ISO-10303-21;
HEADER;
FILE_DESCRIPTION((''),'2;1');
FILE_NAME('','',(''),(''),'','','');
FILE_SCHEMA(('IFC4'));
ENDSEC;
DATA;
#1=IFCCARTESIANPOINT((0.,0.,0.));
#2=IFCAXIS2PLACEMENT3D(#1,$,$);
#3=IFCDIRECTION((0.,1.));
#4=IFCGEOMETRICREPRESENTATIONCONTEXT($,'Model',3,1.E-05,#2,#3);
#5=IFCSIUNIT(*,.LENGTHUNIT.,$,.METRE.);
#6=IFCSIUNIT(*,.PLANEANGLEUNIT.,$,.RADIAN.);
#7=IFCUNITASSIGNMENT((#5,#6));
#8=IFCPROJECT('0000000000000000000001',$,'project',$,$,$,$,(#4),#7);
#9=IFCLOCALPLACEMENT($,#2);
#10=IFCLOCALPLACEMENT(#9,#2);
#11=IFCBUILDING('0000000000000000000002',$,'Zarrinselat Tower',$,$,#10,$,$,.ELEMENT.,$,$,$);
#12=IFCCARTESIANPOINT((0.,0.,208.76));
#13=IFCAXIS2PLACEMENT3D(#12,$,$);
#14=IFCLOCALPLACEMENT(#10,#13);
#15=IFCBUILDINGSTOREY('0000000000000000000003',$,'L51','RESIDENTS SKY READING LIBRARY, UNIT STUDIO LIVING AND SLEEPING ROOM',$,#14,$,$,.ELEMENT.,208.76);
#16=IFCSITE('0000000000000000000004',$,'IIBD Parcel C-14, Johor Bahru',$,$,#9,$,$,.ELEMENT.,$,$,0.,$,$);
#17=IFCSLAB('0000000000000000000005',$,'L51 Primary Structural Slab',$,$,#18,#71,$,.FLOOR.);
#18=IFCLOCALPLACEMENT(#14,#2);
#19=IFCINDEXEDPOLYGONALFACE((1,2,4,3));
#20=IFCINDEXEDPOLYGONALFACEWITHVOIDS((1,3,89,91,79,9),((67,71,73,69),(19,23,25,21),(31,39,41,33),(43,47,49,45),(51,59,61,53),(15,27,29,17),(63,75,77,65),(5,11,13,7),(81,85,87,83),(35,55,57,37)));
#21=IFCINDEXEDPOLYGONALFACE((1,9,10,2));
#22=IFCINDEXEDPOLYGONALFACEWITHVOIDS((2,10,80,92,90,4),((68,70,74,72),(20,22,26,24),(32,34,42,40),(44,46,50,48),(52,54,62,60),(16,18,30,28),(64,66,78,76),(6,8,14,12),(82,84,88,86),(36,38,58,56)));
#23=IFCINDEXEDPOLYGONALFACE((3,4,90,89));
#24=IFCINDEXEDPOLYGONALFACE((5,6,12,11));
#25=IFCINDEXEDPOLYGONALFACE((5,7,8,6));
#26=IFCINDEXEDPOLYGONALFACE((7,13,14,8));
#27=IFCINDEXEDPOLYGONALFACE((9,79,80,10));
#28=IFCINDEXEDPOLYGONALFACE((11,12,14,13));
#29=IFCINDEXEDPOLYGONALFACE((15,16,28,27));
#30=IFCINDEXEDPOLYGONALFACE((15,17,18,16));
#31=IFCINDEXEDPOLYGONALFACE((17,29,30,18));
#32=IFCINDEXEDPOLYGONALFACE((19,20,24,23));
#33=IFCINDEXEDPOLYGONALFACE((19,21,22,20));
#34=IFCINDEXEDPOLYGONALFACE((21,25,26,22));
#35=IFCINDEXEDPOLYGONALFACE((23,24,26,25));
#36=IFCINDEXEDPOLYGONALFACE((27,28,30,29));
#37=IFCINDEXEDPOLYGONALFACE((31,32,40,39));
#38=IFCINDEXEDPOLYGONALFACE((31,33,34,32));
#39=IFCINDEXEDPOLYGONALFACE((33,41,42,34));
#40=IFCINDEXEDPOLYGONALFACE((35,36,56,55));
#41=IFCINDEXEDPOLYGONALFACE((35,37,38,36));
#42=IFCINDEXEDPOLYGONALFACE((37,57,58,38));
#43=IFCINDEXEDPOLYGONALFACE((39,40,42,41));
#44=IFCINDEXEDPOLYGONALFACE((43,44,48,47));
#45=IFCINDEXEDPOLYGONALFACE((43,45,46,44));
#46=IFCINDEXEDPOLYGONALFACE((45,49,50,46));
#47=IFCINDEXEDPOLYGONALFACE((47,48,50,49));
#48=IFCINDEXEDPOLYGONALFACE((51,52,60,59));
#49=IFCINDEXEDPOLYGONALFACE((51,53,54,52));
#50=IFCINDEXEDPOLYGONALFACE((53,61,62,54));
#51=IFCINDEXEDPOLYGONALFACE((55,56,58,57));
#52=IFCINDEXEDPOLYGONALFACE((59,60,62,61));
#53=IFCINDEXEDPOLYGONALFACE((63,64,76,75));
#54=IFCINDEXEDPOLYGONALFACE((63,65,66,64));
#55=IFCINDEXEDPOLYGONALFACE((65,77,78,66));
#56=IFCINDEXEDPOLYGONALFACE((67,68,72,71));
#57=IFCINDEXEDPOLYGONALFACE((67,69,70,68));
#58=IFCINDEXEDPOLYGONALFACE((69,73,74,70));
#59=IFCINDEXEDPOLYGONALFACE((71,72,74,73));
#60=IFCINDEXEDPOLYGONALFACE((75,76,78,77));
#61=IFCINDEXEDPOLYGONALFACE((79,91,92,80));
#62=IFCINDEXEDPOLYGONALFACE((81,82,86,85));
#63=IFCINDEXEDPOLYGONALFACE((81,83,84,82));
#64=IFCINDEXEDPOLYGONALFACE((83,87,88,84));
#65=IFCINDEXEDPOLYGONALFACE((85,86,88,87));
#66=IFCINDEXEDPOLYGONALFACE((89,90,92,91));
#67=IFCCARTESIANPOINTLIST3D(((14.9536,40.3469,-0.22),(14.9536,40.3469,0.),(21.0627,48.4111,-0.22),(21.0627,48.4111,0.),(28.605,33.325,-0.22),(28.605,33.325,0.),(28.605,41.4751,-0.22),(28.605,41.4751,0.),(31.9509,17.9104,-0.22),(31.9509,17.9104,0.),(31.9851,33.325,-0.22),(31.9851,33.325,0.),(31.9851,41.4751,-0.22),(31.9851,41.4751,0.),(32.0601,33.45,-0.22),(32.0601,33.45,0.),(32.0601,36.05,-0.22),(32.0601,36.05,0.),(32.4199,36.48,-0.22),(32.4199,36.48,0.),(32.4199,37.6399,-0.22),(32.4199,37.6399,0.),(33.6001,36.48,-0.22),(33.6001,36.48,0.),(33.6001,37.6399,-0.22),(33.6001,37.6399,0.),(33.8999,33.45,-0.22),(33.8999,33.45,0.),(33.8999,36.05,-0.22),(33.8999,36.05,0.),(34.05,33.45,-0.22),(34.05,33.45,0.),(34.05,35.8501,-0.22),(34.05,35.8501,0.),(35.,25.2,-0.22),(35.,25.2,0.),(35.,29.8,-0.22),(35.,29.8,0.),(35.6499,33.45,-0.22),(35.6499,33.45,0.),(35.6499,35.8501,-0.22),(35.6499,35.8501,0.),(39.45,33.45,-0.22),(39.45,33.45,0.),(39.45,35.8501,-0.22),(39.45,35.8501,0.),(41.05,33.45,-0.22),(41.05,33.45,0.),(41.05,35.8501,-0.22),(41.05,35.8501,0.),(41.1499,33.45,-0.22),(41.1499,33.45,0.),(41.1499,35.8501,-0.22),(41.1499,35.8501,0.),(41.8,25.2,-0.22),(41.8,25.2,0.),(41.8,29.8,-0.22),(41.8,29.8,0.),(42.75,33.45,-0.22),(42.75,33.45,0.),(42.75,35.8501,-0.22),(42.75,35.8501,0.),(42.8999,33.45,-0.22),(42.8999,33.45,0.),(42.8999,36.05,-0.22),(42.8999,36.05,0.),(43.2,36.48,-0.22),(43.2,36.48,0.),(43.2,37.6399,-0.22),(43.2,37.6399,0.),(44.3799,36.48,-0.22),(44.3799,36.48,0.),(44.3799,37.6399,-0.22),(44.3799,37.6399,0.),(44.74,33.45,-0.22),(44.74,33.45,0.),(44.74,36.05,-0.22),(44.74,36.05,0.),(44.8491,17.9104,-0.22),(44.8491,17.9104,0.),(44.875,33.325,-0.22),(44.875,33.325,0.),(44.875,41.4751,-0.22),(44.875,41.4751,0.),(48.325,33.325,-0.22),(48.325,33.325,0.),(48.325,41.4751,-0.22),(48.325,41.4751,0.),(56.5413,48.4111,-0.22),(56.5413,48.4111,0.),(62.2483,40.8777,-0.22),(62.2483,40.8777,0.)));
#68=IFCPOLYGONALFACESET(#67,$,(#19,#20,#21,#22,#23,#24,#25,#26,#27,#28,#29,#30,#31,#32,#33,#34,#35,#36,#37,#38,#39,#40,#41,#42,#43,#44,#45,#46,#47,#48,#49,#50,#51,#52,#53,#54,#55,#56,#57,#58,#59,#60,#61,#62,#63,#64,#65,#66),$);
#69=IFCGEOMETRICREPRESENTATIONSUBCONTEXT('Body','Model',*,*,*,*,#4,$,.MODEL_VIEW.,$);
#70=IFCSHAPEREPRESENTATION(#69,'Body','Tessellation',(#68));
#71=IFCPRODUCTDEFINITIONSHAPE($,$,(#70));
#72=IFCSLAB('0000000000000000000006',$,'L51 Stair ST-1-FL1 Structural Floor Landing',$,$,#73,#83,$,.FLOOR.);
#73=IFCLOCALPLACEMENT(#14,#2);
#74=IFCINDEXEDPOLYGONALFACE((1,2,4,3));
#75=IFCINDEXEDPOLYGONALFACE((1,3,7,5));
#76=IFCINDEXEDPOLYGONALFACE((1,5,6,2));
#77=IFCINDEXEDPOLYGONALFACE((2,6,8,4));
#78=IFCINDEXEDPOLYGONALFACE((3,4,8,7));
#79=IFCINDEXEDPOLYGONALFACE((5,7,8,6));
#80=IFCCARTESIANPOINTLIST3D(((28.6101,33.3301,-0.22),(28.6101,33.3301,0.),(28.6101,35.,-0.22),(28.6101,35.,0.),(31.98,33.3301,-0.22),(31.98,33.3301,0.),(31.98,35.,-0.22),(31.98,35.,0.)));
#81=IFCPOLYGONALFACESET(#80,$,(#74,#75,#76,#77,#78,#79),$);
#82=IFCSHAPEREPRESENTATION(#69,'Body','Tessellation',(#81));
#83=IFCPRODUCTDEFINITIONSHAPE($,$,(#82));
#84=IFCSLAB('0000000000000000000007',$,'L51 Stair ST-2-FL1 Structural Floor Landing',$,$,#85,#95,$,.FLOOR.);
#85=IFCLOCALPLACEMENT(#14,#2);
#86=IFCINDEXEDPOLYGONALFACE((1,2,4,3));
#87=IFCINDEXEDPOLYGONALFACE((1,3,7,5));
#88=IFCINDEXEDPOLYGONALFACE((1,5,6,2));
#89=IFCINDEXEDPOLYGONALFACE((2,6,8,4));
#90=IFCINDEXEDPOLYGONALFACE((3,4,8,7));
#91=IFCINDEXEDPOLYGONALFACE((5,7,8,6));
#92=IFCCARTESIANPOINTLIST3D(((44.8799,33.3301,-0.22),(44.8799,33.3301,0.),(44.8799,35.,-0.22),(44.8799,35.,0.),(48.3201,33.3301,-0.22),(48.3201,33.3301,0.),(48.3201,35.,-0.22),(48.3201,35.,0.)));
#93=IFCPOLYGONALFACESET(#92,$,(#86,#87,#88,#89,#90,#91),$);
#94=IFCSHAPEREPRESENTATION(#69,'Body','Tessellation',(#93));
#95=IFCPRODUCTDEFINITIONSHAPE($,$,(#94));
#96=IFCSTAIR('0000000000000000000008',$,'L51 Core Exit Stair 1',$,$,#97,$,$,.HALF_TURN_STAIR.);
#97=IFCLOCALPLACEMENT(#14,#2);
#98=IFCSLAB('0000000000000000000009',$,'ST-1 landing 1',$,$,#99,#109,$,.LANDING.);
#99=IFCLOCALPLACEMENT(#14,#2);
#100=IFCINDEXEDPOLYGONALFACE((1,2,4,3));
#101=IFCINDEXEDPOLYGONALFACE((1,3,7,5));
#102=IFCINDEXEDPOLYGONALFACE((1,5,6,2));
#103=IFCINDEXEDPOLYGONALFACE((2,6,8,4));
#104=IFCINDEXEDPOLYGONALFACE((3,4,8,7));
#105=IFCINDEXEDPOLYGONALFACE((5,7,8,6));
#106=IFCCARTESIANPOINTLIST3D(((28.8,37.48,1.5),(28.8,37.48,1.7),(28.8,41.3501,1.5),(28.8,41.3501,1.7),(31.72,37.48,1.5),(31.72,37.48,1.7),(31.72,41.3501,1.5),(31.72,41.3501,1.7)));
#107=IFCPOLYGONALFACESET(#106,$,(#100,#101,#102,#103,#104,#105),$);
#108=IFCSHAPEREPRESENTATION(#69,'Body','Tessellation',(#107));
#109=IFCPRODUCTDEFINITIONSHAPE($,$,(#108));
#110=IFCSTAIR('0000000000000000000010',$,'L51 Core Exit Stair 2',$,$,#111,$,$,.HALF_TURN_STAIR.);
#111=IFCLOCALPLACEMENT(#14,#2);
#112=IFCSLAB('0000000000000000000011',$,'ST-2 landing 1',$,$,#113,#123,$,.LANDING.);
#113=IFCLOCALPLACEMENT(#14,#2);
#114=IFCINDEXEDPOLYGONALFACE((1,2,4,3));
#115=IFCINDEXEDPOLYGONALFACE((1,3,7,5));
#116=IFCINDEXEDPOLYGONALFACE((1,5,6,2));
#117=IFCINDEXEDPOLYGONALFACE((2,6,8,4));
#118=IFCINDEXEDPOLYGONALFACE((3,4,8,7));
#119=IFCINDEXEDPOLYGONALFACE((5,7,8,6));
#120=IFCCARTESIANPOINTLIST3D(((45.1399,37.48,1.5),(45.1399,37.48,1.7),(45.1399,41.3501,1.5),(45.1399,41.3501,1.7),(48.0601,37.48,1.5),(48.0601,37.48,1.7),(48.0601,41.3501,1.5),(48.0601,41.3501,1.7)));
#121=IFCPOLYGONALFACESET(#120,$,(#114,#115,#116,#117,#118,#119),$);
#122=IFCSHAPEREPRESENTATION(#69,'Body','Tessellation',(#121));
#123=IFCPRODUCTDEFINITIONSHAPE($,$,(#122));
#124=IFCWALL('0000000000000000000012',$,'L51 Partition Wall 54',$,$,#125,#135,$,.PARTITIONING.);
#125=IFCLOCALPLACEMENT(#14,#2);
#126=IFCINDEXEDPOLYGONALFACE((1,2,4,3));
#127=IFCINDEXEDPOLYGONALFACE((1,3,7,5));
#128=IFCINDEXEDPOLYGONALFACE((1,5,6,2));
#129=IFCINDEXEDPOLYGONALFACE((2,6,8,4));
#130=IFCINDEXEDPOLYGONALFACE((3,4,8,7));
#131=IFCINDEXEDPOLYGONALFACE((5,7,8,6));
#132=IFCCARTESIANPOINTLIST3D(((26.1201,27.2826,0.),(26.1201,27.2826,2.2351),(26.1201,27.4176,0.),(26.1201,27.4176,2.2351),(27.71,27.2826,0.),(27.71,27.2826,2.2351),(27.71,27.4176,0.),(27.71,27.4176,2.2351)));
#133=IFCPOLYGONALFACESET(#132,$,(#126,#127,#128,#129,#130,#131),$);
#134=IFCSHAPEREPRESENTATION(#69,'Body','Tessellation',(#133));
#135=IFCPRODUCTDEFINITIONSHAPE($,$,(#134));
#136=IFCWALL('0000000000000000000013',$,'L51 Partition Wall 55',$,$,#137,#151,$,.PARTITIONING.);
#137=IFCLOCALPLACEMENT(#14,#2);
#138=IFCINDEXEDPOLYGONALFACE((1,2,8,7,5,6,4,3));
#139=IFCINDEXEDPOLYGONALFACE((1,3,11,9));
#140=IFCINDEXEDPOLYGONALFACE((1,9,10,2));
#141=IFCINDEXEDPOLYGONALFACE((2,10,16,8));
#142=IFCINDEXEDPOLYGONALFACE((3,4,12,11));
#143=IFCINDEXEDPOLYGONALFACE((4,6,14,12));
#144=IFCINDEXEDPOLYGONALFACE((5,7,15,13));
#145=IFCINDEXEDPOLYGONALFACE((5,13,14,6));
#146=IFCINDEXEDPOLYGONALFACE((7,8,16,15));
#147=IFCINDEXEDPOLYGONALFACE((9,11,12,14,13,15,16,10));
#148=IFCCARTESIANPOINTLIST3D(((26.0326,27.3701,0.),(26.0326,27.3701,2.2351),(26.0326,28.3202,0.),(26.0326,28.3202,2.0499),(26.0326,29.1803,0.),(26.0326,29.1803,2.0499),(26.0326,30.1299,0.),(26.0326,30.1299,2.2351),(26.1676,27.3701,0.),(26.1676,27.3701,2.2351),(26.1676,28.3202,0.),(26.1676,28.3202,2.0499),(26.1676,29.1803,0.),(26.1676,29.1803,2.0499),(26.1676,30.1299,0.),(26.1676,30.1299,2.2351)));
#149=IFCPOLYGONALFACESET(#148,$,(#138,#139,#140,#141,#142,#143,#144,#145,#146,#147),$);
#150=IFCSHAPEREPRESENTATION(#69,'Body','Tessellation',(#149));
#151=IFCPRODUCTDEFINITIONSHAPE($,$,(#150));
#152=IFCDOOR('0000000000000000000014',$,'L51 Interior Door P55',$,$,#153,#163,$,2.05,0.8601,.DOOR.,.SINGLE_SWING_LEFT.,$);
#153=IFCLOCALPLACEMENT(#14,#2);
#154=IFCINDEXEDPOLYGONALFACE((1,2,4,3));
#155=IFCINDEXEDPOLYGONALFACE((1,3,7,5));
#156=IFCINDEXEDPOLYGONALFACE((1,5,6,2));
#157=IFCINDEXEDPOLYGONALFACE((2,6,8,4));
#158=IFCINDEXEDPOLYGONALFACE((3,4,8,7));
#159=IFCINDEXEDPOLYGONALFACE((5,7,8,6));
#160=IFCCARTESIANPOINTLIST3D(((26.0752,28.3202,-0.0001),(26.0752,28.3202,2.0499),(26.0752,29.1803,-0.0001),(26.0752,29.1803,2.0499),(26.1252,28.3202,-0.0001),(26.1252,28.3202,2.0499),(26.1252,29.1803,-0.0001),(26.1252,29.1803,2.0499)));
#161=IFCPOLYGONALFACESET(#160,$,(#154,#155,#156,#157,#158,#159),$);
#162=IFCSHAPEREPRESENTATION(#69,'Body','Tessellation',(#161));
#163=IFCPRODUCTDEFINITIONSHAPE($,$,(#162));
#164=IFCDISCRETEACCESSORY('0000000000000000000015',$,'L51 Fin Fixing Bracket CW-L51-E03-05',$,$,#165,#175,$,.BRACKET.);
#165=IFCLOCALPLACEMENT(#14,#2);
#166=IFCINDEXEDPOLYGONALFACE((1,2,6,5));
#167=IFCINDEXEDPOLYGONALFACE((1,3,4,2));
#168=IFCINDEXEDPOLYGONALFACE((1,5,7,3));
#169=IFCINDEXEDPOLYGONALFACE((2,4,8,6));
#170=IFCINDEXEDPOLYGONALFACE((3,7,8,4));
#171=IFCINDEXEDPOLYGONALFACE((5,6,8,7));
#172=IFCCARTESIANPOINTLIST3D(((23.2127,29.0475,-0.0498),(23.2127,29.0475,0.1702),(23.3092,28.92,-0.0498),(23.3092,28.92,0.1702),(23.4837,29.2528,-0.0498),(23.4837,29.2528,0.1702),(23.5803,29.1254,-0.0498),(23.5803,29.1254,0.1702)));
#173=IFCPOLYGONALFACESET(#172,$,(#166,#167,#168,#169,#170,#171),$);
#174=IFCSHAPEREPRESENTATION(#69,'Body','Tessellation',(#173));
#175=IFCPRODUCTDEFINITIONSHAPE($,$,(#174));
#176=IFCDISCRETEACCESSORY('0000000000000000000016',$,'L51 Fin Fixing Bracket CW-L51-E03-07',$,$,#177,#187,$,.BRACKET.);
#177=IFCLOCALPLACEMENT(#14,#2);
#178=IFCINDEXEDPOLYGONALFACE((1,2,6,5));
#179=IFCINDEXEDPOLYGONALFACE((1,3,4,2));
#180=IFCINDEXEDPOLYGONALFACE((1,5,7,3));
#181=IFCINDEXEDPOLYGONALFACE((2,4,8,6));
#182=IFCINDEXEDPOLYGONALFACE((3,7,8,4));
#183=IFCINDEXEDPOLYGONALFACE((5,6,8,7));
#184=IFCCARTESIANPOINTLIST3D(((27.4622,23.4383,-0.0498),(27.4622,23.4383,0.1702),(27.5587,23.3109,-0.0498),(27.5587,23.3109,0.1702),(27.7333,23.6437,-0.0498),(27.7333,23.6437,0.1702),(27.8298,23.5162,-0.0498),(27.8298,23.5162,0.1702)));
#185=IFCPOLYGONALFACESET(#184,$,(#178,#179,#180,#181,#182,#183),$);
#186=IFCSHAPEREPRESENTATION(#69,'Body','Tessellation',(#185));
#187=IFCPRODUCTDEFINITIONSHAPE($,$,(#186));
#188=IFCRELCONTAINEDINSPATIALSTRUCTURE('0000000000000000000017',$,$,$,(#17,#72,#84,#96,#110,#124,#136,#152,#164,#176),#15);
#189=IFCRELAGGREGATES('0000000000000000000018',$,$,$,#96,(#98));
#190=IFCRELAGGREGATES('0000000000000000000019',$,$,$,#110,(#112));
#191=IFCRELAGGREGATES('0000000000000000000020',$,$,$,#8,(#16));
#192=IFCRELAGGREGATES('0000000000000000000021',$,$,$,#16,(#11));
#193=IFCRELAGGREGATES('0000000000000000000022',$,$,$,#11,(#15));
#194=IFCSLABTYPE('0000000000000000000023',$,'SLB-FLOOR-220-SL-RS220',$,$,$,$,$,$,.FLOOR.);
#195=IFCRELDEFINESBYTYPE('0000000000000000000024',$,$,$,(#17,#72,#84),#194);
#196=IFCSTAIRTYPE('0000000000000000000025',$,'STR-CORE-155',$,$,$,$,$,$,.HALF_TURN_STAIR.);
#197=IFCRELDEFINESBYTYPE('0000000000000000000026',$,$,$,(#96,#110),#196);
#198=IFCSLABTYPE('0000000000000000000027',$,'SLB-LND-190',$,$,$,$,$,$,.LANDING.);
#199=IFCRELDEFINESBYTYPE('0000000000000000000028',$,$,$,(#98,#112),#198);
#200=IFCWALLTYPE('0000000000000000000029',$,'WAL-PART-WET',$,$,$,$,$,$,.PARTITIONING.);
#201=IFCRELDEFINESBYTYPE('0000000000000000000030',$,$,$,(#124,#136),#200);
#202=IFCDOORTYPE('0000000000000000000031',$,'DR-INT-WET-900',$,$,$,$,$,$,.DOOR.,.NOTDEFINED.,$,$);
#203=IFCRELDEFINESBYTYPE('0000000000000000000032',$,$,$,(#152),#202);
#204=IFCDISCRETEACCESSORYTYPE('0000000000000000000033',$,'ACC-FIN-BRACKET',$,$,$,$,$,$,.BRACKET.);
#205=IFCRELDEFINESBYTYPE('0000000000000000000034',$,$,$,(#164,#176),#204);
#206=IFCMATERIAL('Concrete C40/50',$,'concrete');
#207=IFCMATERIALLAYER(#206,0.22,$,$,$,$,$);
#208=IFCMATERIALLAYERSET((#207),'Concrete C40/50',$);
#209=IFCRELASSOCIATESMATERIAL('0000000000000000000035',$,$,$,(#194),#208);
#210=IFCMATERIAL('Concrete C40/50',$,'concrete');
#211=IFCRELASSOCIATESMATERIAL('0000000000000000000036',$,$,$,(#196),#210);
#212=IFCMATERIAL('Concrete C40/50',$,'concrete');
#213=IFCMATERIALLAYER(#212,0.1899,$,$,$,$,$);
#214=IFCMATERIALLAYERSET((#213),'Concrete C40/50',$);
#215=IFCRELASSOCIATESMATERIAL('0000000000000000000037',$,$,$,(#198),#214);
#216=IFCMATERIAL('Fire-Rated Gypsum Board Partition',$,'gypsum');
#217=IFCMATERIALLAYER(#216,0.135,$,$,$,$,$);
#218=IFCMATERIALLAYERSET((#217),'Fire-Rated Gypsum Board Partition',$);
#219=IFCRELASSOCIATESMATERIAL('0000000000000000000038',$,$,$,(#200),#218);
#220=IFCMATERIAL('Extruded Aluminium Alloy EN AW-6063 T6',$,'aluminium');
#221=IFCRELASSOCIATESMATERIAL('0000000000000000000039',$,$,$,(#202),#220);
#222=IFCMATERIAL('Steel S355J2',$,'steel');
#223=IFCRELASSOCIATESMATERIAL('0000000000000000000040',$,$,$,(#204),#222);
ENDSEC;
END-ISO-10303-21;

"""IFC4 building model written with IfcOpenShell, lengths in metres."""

from ifc_helpers import new_model, si_unit, direction, frame, frame_2d, origin, origin_2d, place, context, subcontext, project, spatial, polyline, rectangle, outline, extrude, material, layer, layer_set, type_object, element, fill, aggregate, save


model = new_model("IFC4")

# Units and contexts
model_context = context("Model", 3, precision=1e-05, world=origin(), true_north=direction((0.0, 1.0)))
body_context = subcontext(model_context, "Body", "Model", "MODEL_VIEW")
ifc_project = project(units=[si_unit("LENGTHUNIT", "METRE"), si_unit("PLANEANGLEUNIT", "RADIAN")], contexts=[model_context])

# Site, building, storey
site_placement = place(None, origin())
site = spatial("IfcSite", under=ifc_project, at=site_placement, Name="IIBD Parcel C-14, Johor Bahru", CompositionType="ELEMENT", RefElevation=0.0)
building_placement = place(site_placement, origin())
building = spatial("IfcBuilding", under=site, at=building_placement, Name="Zarrinselat Tower", CompositionType="ELEMENT")
storey_placement = place(building_placement, frame((0.0, 0.0, 208.76)))
storey = spatial("IfcBuildingStorey", under=building, at=storey_placement, Name="L51", Description="RESIDENTS SKY READING LIBRARY, UNIT STUDIO LIVING AND SLEEPING ROOM", CompositionType="ELEMENT", Elevation=208.76)

# Slabs
ifc_material_1 = material(Name="Concrete C40/50", Category="concrete")
ifc_layer_1 = layer(ifc_material_1, 0.22)
ifc_layer_set_1 = layer_set([ifc_layer_1], Name="Concrete C40/50")
slab_type_1 = type_object("IfcSlabType", Name="SLB-FLOOR-220-SL-RS220", PredefinedType="FLOOR", material=ifc_layer_set_1)
slab_1_placement = place(storey_placement, frame((0.0, 0.0, -0.22)))
element("IfcSlab", 1, at=slab_1_placement, inside=storey, type_object=slab_type_1, Name="L51 Primary Structural Slab", PredefinedType="FLOOR", context=body_context, shape_type="SweptSolid", body=[
    extrude(outline(polyline([(56.5413, 48.4111), (21.0627, 48.4111), (14.9536, 40.3469), (31.9509, 17.9104), (44.8491, 17.9104), (62.2483, 40.8777), (56.5413, 48.4111)]), holes=[polyline([(41.8, 25.2), (35.0, 25.2), (35.0, 29.8), (41.8, 29.8), (41.8, 25.2)]), polyline([(35.6499, 33.45), (34.05, 33.45), (34.05, 35.8501), (35.6499, 35.8501), (35.6499, 33.45)]), polyline([(41.05, 33.45), (39.45, 33.45), (39.45, 35.8501), (41.05, 35.8501), (41.05, 33.45)]), polyline([(41.1499, 33.45), (41.1499, 35.8501), (42.75, 35.8501), (42.75, 33.45), (41.1499, 33.45)]), polyline([(32.0601, 33.45), (32.0601, 36.05), (33.8999, 36.05), (33.8999, 33.45), (32.0601, 33.45)]), polyline([(44.74, 33.45), (42.8999, 33.45), (42.8999, 36.05), (44.74, 36.05), (44.74, 33.45)]), polyline([(33.6001, 36.48), (32.4199, 36.48), (32.4199, 37.6399), (33.6001, 37.6399), (33.6001, 36.48)]), polyline([(44.3799, 36.48), (43.2, 36.48), (43.2, 37.6399), (44.3799, 37.6399), (44.3799, 36.48)]), polyline([(31.9851, 33.325), (28.605, 33.325), (28.605, 41.4751), (31.9851, 41.4751), (31.9851, 33.325)]), polyline([(48.325, 33.325), (44.875, 33.325), (44.875, 41.4751), (48.325, 41.4751), (48.325, 33.325)])]), origin(), (0.0, 0.0, 1.0), 0.22),
])
slab_2_placement = place(storey_placement, frame((0.0, 0.0, -0.22)))
element("IfcSlab", 2, at=slab_2_placement, inside=storey, type_object=slab_type_1, Name="L51 Stair ST-1-FL1 Structural Floor Landing", PredefinedType="FLOOR", context=body_context, shape_type="SweptSolid", body=[
    extrude(outline(polyline([(31.98, 33.3301), (31.98, 35.0), (28.6101, 35.0), (28.6101, 33.3301), (31.98, 33.3301)])), origin(), (0.0, 0.0, 1.0), 0.22),
])
slab_3_placement = place(storey_placement, frame((0.0, 0.0, -0.22)))
element("IfcSlab", 3, at=slab_3_placement, inside=storey, type_object=slab_type_1, Name="L51 Stair ST-2-FL1 Structural Floor Landing", PredefinedType="FLOOR", context=body_context, shape_type="SweptSolid", body=[
    extrude(outline(polyline([(48.3201, 33.3301), (48.3201, 35.0), (44.8799, 35.0), (44.8799, 33.3301), (48.3201, 33.3301)])), origin(), (0.0, 0.0, 1.0), 0.22),
])

# Stairs, slabs
ifc_material_2 = material(Name="Concrete C40/50", Category="concrete")
stair_type = type_object("IfcStairType", Name="STR-CORE-155", PredefinedType="HALF_TURN_STAIR", material=ifc_material_2)
stair_1_placement = place(storey_placement, origin())
stair_1 = element("IfcStair", 4, at=stair_1_placement, inside=storey, type_object=stair_type, Name="L51 Core Exit Stair 1", PredefinedType="HALF_TURN_STAIR")
ifc_material_3 = material(Name="Concrete C40/50", Category="concrete")
ifc_layer_2 = layer(ifc_material_3, 0.1899)
ifc_layer_set_2 = layer_set([ifc_layer_2], Name="Concrete C40/50")
slab_type_2 = type_object("IfcSlabType", Name="SLB-LND-190", PredefinedType="LANDING", material=ifc_layer_set_2)
slab_4_placement = place(storey_placement, frame((0.0, 0.0, 1.5)))
slab_4 = element("IfcSlab", 5, at=slab_4_placement, type_object=slab_type_2, Name="ST-1 landing 1", PredefinedType="LANDING", context=body_context, shape_type="SweptSolid", body=[
    extrude(outline(polyline([(31.72, 37.48), (31.72, 41.3501), (28.8, 41.3501), (28.8, 37.48), (31.72, 37.48)])), origin(), (0.0, 0.0, 1.0), 0.2),
])
aggregate(stair_1, [slab_4])
stair_2_placement = place(storey_placement, origin())
stair_2 = element("IfcStair", 6, at=stair_2_placement, inside=storey, type_object=stair_type, Name="L51 Core Exit Stair 2", PredefinedType="HALF_TURN_STAIR")
slab_5_placement = place(storey_placement, frame((0.0, 0.0, 1.5)))
slab_5 = element("IfcSlab", 7, at=slab_5_placement, type_object=slab_type_2, Name="ST-2 landing 1", PredefinedType="LANDING", context=body_context, shape_type="SweptSolid", body=[
    extrude(outline(polyline([(48.0601, 37.48), (48.0601, 41.3501), (45.1399, 41.3501), (45.1399, 37.48), (48.0601, 37.48)])), origin(), (0.0, 0.0, 1.0), 0.2),
])
aggregate(stair_2, [slab_5])

# Wall
ifc_material_4 = material(Name="Fire-Rated Gypsum Board Partition", Category="gypsum")
ifc_layer_3 = layer(ifc_material_4, 0.135)
ifc_layer_set_3 = layer_set([ifc_layer_3], Name="Fire-Rated Gypsum Board Partition")
wall_type = type_object("IfcWallType", Name="WAL-PART-WET", PredefinedType="PARTITIONING", material=ifc_layer_set_3)
wall_1_placement = place(storey_placement, frame((26.1201, 27.3501, 0.0), z_axis=(0.0, 0.0, 1.0), x_axis=(1.0, 0.0, 0.0)))
element("IfcWall", 8, at=wall_1_placement, inside=storey, type_object=wall_type, Name="L51 Partition Wall 54", PredefinedType="PARTITIONING", context=body_context, shape_type="SweptSolid", body=[
    extrude(rectangle(XDim=1.5898, YDim=0.135, at=frame_2d((0.7949, 0.0))), origin(), (0.0, 0.0, 1.0), 2.2351),
])

# Wall, opening, door
wall_2_placement = place(storey_placement, frame((26.1001, 27.3701, 0.0), z_axis=(0.0, 0.0, 1.0), x_axis=(0.0, 1.0, 0.0)))
wall_2 = element("IfcWall", 9, at=wall_2_placement, inside=storey, type_object=wall_type, Name="L51 Partition Wall 55", PredefinedType="PARTITIONING", context=body_context, shape_type="SweptSolid", body=[
    extrude(rectangle(XDim=2.7598, YDim=0.135, at=frame_2d((1.3799, 0.0))), origin(), (0.0, 0.0, 1.0), 2.2351),
])
opening_placement = place(wall_2_placement, frame((0.95, 0.0, 0.0)))
opening = element("IfcOpeningElement", 10, at=opening_placement, cuts=wall_2, PredefinedType="OPENING", context=body_context, shape_type="SweptSolid", body=[
    extrude(rectangle(XDim=0.8601, YDim=2.05, at=frame_2d((0.4302, 1.0249))), frame((0.0, 0.0774, 0.0), z_axis=(0.0, -1.0, 0.0), x_axis=(1.0, 0.0, 0.0)), (0.0, 0.0, 1.0), 0.155),
])
ifc_material_5 = material(Name="Extruded Aluminium Alloy EN AW-6063 T6", Category="aluminium")
door_type = type_object("IfcDoorType", Name="DR-INT-WET-900", OperationType="NOTDEFINED", PredefinedType="DOOR", material=ifc_material_5)
door_placement = place(opening_placement, origin())
door = element("IfcDoor", 11, at=door_placement, inside=storey, type_object=door_type, Name="L51 Interior Door P55", OperationType="SINGLE_SWING_LEFT", OverallHeight=2.05, OverallWidth=0.8601, PredefinedType="DOOR", context=body_context, shape_type="SweptSolid", body=[
    extrude(rectangle(XDim=0.8601, YDim=2.05, at=frame_2d((0.4302, 1.0249))), frame((0.0, 0.0249, 0.0), z_axis=(0.0, -1.0, 0.0), x_axis=(1.0, 0.0, 0.0)), (0.0, 0.0, 1.0), 0.05),
])
fill(opening, door)

# Discrete accessories
ifc_material_6 = material(Name="Steel S355J2", Category="steel")
discrete_accessory_type = type_object("IfcDiscreteAccessoryType", Name="ACC-FIN-BRACKET", PredefinedType="BRACKET", material=ifc_material_6)
for number, where, z_axis, x_axis, name in (
    (12, (23.3965, 29.0864, -0.0498), (0.0, 0.0, 1.0), (-0.797091, -0.603859, 0.0), "L51 Fin Fixing Bracket CW-L51-E03-05"),
    (13, (27.646, 23.4773, -0.0498), (0.0, 0.0, 1.0), (-0.797091, -0.603859, 0.0), "L51 Fin Fixing Bracket CW-L51-E03-07"),
):
    element("IfcDiscreteAccessory", number, at=place(storey_placement, frame(where, z_axis=z_axis, x_axis=x_axis)), inside=storey, type_object=discrete_accessory_type, Name=name, PredefinedType="BRACKET", context=body_context, shape_type="SweptSolid", body=[
        extrude(rectangle(XDim=0.3401, YDim=0.1599, at=origin_2d()), origin(), (0.0, 0.0, 1.0), 0.22),
    ])

save(model, "model.ifc")
